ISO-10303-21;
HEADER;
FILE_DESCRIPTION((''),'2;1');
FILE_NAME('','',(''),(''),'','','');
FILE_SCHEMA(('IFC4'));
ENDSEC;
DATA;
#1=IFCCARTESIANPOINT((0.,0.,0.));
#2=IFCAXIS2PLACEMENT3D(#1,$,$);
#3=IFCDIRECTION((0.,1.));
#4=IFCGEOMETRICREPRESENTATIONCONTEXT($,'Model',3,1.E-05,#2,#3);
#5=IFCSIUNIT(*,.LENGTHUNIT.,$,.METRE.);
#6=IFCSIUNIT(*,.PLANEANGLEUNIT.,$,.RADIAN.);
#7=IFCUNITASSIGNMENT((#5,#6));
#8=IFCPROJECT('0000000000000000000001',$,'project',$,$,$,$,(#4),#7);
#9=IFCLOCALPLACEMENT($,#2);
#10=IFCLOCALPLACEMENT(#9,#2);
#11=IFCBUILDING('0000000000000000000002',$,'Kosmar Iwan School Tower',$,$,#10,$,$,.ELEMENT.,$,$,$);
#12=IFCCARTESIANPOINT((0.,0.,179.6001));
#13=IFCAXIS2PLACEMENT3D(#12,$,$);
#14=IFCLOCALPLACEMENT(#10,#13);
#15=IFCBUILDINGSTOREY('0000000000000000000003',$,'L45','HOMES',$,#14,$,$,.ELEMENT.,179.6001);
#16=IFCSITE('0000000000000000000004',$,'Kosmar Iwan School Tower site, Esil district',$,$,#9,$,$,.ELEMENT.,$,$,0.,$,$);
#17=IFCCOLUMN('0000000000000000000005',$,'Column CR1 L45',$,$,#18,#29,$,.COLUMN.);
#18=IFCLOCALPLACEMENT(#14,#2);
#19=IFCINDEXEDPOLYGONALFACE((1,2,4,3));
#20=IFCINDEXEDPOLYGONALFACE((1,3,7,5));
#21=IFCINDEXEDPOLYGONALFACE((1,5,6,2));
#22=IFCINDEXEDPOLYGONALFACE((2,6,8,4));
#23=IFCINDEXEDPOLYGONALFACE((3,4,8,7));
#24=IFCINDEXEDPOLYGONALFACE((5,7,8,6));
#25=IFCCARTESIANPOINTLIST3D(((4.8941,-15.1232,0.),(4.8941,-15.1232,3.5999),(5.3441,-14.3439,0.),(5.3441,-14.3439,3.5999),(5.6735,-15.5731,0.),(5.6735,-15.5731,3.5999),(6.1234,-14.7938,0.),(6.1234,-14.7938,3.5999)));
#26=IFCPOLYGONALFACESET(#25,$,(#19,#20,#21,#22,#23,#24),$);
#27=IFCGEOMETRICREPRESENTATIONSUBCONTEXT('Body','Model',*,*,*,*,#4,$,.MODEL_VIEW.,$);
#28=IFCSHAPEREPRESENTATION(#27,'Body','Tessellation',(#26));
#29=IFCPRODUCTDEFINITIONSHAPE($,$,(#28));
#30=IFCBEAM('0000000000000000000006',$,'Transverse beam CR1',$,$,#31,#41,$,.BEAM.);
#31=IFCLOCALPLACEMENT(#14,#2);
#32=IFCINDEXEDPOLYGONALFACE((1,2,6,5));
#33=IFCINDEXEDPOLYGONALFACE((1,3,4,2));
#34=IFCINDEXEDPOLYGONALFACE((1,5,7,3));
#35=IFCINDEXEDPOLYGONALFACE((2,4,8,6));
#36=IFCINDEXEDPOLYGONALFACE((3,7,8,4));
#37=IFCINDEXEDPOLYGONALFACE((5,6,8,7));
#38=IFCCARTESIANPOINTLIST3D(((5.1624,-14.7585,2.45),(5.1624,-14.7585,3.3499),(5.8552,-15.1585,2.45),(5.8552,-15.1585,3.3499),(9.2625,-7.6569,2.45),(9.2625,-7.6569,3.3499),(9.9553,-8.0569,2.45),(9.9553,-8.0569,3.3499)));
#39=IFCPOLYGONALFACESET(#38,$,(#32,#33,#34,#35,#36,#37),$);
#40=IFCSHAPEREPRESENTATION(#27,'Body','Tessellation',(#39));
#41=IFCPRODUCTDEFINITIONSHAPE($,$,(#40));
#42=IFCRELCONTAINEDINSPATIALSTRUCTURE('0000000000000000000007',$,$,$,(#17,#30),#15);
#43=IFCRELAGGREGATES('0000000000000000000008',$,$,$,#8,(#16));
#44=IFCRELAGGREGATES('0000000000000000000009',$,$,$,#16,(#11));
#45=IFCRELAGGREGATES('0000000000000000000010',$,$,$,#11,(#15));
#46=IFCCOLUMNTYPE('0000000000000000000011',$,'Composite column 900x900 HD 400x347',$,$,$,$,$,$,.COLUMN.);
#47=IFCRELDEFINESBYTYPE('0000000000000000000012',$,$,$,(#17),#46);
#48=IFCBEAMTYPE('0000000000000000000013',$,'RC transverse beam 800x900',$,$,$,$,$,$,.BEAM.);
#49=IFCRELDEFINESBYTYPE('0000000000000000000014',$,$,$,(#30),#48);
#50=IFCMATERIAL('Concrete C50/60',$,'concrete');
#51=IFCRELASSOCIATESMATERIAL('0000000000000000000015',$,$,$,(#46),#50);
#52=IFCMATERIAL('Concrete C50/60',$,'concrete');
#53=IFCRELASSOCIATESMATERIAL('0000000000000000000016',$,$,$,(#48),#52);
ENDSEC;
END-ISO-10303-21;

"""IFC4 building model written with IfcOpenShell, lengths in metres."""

from ifc_helpers import new_model, si_unit, direction, frame, origin, origin_2d, place, context, subcontext, project, spatial, rectangle, extrude, material, material_profile, profile_set, type_object, element, save


model = new_model("IFC4")

# Units and contexts
model_context = context("Model", 3, precision=1e-05, world=origin(), true_north=direction((0.0, 1.0)))
body_context = subcontext(model_context, "Body", "Model", "MODEL_VIEW")
ifc_project = project(units=[si_unit("LENGTHUNIT", "METRE"), si_unit("PLANEANGLEUNIT", "RADIAN")], contexts=[model_context])

# Site, building, storey
site_placement = place(None, origin())
site = spatial("IfcSite", under=ifc_project, at=site_placement, Name="Kosmar Iwan School Tower site, Esil district", CompositionType="ELEMENT", RefElevation=0.0)
building_placement = place(site_placement, origin())
building = spatial("IfcBuilding", under=site, at=building_placement, Name="Kosmar Iwan School Tower", CompositionType="ELEMENT")
storey_placement = place(building_placement, frame((0.0, 0.0, 179.6001)))
storey = spatial("IfcBuildingStorey", under=building, at=storey_placement, Name="L45", Description="HOMES", CompositionType="ELEMENT", Elevation=179.6001)

# Column
ifc_material_1 = material(Name="Concrete C50/60", Category="concrete")
ifc_material_profile_1 = material_profile(ifc_material_1, rectangle(XDim=0.8999, YDim=0.8999, at=origin_2d()), Name="RC 900x900 + HD 400x347")
ifc_profile_set_1 = profile_set([ifc_material_profile_1], Name="Concrete C50/60")
column_type = type_object("IfcColumnType", Name="Composite column 900x900 HD 400x347", PredefinedType="COLUMN", material=ifc_profile_set_1)
column_placement = place(storey_placement, frame((5.5088, -14.9585, 0.0), z_axis=(0.0, 0.0, 1.0), x_axis=(0.866025, -0.5, 0.0)))
element("IfcColumn", 1, at=column_placement, inside=storey, type_object=column_type, Name="Column CR1 L45", PredefinedType="COLUMN", context=body_context, shape_type="SweptSolid", body=[
    extrude(rectangle(XDim=0.8999, YDim=0.8999, at=origin_2d()), origin(), (0.0, 0.0, 1.0), 3.5999),
])

# Beam
ifc_material_2 = material(Name="Concrete C50/60", Category="concrete")
ifc_material_profile_2 = material_profile(ifc_material_2, rectangle(XDim=0.8, YDim=0.8999, at=origin_2d()), Name="RC 800x900")
ifc_profile_set_2 = profile_set([ifc_material_profile_2], Name="Concrete C50/60")
beam_type = type_object("IfcBeamType", Name="RC transverse beam 800x900", PredefinedType="BEAM", material=ifc_profile_set_2)
beam_placement = place(storey_placement, frame((5.5088, -14.9585, 2.8999), z_axis=(0.500001, 0.866025, 0.0), x_axis=(-0.866025, 0.500001, 0.0)))
element("IfcBeam", 2, at=beam_placement, inside=storey, type_object=beam_type, Name="Transverse beam CR1", PredefinedType="BEAM", context=body_context, shape_type="SweptSolid", body=[
    extrude(rectangle(XDim=0.8, YDim=0.8999, at=origin_2d()), origin(), (0.0, 0.0, 1.0), 8.2002),
])

save(model, "model.ifc")
